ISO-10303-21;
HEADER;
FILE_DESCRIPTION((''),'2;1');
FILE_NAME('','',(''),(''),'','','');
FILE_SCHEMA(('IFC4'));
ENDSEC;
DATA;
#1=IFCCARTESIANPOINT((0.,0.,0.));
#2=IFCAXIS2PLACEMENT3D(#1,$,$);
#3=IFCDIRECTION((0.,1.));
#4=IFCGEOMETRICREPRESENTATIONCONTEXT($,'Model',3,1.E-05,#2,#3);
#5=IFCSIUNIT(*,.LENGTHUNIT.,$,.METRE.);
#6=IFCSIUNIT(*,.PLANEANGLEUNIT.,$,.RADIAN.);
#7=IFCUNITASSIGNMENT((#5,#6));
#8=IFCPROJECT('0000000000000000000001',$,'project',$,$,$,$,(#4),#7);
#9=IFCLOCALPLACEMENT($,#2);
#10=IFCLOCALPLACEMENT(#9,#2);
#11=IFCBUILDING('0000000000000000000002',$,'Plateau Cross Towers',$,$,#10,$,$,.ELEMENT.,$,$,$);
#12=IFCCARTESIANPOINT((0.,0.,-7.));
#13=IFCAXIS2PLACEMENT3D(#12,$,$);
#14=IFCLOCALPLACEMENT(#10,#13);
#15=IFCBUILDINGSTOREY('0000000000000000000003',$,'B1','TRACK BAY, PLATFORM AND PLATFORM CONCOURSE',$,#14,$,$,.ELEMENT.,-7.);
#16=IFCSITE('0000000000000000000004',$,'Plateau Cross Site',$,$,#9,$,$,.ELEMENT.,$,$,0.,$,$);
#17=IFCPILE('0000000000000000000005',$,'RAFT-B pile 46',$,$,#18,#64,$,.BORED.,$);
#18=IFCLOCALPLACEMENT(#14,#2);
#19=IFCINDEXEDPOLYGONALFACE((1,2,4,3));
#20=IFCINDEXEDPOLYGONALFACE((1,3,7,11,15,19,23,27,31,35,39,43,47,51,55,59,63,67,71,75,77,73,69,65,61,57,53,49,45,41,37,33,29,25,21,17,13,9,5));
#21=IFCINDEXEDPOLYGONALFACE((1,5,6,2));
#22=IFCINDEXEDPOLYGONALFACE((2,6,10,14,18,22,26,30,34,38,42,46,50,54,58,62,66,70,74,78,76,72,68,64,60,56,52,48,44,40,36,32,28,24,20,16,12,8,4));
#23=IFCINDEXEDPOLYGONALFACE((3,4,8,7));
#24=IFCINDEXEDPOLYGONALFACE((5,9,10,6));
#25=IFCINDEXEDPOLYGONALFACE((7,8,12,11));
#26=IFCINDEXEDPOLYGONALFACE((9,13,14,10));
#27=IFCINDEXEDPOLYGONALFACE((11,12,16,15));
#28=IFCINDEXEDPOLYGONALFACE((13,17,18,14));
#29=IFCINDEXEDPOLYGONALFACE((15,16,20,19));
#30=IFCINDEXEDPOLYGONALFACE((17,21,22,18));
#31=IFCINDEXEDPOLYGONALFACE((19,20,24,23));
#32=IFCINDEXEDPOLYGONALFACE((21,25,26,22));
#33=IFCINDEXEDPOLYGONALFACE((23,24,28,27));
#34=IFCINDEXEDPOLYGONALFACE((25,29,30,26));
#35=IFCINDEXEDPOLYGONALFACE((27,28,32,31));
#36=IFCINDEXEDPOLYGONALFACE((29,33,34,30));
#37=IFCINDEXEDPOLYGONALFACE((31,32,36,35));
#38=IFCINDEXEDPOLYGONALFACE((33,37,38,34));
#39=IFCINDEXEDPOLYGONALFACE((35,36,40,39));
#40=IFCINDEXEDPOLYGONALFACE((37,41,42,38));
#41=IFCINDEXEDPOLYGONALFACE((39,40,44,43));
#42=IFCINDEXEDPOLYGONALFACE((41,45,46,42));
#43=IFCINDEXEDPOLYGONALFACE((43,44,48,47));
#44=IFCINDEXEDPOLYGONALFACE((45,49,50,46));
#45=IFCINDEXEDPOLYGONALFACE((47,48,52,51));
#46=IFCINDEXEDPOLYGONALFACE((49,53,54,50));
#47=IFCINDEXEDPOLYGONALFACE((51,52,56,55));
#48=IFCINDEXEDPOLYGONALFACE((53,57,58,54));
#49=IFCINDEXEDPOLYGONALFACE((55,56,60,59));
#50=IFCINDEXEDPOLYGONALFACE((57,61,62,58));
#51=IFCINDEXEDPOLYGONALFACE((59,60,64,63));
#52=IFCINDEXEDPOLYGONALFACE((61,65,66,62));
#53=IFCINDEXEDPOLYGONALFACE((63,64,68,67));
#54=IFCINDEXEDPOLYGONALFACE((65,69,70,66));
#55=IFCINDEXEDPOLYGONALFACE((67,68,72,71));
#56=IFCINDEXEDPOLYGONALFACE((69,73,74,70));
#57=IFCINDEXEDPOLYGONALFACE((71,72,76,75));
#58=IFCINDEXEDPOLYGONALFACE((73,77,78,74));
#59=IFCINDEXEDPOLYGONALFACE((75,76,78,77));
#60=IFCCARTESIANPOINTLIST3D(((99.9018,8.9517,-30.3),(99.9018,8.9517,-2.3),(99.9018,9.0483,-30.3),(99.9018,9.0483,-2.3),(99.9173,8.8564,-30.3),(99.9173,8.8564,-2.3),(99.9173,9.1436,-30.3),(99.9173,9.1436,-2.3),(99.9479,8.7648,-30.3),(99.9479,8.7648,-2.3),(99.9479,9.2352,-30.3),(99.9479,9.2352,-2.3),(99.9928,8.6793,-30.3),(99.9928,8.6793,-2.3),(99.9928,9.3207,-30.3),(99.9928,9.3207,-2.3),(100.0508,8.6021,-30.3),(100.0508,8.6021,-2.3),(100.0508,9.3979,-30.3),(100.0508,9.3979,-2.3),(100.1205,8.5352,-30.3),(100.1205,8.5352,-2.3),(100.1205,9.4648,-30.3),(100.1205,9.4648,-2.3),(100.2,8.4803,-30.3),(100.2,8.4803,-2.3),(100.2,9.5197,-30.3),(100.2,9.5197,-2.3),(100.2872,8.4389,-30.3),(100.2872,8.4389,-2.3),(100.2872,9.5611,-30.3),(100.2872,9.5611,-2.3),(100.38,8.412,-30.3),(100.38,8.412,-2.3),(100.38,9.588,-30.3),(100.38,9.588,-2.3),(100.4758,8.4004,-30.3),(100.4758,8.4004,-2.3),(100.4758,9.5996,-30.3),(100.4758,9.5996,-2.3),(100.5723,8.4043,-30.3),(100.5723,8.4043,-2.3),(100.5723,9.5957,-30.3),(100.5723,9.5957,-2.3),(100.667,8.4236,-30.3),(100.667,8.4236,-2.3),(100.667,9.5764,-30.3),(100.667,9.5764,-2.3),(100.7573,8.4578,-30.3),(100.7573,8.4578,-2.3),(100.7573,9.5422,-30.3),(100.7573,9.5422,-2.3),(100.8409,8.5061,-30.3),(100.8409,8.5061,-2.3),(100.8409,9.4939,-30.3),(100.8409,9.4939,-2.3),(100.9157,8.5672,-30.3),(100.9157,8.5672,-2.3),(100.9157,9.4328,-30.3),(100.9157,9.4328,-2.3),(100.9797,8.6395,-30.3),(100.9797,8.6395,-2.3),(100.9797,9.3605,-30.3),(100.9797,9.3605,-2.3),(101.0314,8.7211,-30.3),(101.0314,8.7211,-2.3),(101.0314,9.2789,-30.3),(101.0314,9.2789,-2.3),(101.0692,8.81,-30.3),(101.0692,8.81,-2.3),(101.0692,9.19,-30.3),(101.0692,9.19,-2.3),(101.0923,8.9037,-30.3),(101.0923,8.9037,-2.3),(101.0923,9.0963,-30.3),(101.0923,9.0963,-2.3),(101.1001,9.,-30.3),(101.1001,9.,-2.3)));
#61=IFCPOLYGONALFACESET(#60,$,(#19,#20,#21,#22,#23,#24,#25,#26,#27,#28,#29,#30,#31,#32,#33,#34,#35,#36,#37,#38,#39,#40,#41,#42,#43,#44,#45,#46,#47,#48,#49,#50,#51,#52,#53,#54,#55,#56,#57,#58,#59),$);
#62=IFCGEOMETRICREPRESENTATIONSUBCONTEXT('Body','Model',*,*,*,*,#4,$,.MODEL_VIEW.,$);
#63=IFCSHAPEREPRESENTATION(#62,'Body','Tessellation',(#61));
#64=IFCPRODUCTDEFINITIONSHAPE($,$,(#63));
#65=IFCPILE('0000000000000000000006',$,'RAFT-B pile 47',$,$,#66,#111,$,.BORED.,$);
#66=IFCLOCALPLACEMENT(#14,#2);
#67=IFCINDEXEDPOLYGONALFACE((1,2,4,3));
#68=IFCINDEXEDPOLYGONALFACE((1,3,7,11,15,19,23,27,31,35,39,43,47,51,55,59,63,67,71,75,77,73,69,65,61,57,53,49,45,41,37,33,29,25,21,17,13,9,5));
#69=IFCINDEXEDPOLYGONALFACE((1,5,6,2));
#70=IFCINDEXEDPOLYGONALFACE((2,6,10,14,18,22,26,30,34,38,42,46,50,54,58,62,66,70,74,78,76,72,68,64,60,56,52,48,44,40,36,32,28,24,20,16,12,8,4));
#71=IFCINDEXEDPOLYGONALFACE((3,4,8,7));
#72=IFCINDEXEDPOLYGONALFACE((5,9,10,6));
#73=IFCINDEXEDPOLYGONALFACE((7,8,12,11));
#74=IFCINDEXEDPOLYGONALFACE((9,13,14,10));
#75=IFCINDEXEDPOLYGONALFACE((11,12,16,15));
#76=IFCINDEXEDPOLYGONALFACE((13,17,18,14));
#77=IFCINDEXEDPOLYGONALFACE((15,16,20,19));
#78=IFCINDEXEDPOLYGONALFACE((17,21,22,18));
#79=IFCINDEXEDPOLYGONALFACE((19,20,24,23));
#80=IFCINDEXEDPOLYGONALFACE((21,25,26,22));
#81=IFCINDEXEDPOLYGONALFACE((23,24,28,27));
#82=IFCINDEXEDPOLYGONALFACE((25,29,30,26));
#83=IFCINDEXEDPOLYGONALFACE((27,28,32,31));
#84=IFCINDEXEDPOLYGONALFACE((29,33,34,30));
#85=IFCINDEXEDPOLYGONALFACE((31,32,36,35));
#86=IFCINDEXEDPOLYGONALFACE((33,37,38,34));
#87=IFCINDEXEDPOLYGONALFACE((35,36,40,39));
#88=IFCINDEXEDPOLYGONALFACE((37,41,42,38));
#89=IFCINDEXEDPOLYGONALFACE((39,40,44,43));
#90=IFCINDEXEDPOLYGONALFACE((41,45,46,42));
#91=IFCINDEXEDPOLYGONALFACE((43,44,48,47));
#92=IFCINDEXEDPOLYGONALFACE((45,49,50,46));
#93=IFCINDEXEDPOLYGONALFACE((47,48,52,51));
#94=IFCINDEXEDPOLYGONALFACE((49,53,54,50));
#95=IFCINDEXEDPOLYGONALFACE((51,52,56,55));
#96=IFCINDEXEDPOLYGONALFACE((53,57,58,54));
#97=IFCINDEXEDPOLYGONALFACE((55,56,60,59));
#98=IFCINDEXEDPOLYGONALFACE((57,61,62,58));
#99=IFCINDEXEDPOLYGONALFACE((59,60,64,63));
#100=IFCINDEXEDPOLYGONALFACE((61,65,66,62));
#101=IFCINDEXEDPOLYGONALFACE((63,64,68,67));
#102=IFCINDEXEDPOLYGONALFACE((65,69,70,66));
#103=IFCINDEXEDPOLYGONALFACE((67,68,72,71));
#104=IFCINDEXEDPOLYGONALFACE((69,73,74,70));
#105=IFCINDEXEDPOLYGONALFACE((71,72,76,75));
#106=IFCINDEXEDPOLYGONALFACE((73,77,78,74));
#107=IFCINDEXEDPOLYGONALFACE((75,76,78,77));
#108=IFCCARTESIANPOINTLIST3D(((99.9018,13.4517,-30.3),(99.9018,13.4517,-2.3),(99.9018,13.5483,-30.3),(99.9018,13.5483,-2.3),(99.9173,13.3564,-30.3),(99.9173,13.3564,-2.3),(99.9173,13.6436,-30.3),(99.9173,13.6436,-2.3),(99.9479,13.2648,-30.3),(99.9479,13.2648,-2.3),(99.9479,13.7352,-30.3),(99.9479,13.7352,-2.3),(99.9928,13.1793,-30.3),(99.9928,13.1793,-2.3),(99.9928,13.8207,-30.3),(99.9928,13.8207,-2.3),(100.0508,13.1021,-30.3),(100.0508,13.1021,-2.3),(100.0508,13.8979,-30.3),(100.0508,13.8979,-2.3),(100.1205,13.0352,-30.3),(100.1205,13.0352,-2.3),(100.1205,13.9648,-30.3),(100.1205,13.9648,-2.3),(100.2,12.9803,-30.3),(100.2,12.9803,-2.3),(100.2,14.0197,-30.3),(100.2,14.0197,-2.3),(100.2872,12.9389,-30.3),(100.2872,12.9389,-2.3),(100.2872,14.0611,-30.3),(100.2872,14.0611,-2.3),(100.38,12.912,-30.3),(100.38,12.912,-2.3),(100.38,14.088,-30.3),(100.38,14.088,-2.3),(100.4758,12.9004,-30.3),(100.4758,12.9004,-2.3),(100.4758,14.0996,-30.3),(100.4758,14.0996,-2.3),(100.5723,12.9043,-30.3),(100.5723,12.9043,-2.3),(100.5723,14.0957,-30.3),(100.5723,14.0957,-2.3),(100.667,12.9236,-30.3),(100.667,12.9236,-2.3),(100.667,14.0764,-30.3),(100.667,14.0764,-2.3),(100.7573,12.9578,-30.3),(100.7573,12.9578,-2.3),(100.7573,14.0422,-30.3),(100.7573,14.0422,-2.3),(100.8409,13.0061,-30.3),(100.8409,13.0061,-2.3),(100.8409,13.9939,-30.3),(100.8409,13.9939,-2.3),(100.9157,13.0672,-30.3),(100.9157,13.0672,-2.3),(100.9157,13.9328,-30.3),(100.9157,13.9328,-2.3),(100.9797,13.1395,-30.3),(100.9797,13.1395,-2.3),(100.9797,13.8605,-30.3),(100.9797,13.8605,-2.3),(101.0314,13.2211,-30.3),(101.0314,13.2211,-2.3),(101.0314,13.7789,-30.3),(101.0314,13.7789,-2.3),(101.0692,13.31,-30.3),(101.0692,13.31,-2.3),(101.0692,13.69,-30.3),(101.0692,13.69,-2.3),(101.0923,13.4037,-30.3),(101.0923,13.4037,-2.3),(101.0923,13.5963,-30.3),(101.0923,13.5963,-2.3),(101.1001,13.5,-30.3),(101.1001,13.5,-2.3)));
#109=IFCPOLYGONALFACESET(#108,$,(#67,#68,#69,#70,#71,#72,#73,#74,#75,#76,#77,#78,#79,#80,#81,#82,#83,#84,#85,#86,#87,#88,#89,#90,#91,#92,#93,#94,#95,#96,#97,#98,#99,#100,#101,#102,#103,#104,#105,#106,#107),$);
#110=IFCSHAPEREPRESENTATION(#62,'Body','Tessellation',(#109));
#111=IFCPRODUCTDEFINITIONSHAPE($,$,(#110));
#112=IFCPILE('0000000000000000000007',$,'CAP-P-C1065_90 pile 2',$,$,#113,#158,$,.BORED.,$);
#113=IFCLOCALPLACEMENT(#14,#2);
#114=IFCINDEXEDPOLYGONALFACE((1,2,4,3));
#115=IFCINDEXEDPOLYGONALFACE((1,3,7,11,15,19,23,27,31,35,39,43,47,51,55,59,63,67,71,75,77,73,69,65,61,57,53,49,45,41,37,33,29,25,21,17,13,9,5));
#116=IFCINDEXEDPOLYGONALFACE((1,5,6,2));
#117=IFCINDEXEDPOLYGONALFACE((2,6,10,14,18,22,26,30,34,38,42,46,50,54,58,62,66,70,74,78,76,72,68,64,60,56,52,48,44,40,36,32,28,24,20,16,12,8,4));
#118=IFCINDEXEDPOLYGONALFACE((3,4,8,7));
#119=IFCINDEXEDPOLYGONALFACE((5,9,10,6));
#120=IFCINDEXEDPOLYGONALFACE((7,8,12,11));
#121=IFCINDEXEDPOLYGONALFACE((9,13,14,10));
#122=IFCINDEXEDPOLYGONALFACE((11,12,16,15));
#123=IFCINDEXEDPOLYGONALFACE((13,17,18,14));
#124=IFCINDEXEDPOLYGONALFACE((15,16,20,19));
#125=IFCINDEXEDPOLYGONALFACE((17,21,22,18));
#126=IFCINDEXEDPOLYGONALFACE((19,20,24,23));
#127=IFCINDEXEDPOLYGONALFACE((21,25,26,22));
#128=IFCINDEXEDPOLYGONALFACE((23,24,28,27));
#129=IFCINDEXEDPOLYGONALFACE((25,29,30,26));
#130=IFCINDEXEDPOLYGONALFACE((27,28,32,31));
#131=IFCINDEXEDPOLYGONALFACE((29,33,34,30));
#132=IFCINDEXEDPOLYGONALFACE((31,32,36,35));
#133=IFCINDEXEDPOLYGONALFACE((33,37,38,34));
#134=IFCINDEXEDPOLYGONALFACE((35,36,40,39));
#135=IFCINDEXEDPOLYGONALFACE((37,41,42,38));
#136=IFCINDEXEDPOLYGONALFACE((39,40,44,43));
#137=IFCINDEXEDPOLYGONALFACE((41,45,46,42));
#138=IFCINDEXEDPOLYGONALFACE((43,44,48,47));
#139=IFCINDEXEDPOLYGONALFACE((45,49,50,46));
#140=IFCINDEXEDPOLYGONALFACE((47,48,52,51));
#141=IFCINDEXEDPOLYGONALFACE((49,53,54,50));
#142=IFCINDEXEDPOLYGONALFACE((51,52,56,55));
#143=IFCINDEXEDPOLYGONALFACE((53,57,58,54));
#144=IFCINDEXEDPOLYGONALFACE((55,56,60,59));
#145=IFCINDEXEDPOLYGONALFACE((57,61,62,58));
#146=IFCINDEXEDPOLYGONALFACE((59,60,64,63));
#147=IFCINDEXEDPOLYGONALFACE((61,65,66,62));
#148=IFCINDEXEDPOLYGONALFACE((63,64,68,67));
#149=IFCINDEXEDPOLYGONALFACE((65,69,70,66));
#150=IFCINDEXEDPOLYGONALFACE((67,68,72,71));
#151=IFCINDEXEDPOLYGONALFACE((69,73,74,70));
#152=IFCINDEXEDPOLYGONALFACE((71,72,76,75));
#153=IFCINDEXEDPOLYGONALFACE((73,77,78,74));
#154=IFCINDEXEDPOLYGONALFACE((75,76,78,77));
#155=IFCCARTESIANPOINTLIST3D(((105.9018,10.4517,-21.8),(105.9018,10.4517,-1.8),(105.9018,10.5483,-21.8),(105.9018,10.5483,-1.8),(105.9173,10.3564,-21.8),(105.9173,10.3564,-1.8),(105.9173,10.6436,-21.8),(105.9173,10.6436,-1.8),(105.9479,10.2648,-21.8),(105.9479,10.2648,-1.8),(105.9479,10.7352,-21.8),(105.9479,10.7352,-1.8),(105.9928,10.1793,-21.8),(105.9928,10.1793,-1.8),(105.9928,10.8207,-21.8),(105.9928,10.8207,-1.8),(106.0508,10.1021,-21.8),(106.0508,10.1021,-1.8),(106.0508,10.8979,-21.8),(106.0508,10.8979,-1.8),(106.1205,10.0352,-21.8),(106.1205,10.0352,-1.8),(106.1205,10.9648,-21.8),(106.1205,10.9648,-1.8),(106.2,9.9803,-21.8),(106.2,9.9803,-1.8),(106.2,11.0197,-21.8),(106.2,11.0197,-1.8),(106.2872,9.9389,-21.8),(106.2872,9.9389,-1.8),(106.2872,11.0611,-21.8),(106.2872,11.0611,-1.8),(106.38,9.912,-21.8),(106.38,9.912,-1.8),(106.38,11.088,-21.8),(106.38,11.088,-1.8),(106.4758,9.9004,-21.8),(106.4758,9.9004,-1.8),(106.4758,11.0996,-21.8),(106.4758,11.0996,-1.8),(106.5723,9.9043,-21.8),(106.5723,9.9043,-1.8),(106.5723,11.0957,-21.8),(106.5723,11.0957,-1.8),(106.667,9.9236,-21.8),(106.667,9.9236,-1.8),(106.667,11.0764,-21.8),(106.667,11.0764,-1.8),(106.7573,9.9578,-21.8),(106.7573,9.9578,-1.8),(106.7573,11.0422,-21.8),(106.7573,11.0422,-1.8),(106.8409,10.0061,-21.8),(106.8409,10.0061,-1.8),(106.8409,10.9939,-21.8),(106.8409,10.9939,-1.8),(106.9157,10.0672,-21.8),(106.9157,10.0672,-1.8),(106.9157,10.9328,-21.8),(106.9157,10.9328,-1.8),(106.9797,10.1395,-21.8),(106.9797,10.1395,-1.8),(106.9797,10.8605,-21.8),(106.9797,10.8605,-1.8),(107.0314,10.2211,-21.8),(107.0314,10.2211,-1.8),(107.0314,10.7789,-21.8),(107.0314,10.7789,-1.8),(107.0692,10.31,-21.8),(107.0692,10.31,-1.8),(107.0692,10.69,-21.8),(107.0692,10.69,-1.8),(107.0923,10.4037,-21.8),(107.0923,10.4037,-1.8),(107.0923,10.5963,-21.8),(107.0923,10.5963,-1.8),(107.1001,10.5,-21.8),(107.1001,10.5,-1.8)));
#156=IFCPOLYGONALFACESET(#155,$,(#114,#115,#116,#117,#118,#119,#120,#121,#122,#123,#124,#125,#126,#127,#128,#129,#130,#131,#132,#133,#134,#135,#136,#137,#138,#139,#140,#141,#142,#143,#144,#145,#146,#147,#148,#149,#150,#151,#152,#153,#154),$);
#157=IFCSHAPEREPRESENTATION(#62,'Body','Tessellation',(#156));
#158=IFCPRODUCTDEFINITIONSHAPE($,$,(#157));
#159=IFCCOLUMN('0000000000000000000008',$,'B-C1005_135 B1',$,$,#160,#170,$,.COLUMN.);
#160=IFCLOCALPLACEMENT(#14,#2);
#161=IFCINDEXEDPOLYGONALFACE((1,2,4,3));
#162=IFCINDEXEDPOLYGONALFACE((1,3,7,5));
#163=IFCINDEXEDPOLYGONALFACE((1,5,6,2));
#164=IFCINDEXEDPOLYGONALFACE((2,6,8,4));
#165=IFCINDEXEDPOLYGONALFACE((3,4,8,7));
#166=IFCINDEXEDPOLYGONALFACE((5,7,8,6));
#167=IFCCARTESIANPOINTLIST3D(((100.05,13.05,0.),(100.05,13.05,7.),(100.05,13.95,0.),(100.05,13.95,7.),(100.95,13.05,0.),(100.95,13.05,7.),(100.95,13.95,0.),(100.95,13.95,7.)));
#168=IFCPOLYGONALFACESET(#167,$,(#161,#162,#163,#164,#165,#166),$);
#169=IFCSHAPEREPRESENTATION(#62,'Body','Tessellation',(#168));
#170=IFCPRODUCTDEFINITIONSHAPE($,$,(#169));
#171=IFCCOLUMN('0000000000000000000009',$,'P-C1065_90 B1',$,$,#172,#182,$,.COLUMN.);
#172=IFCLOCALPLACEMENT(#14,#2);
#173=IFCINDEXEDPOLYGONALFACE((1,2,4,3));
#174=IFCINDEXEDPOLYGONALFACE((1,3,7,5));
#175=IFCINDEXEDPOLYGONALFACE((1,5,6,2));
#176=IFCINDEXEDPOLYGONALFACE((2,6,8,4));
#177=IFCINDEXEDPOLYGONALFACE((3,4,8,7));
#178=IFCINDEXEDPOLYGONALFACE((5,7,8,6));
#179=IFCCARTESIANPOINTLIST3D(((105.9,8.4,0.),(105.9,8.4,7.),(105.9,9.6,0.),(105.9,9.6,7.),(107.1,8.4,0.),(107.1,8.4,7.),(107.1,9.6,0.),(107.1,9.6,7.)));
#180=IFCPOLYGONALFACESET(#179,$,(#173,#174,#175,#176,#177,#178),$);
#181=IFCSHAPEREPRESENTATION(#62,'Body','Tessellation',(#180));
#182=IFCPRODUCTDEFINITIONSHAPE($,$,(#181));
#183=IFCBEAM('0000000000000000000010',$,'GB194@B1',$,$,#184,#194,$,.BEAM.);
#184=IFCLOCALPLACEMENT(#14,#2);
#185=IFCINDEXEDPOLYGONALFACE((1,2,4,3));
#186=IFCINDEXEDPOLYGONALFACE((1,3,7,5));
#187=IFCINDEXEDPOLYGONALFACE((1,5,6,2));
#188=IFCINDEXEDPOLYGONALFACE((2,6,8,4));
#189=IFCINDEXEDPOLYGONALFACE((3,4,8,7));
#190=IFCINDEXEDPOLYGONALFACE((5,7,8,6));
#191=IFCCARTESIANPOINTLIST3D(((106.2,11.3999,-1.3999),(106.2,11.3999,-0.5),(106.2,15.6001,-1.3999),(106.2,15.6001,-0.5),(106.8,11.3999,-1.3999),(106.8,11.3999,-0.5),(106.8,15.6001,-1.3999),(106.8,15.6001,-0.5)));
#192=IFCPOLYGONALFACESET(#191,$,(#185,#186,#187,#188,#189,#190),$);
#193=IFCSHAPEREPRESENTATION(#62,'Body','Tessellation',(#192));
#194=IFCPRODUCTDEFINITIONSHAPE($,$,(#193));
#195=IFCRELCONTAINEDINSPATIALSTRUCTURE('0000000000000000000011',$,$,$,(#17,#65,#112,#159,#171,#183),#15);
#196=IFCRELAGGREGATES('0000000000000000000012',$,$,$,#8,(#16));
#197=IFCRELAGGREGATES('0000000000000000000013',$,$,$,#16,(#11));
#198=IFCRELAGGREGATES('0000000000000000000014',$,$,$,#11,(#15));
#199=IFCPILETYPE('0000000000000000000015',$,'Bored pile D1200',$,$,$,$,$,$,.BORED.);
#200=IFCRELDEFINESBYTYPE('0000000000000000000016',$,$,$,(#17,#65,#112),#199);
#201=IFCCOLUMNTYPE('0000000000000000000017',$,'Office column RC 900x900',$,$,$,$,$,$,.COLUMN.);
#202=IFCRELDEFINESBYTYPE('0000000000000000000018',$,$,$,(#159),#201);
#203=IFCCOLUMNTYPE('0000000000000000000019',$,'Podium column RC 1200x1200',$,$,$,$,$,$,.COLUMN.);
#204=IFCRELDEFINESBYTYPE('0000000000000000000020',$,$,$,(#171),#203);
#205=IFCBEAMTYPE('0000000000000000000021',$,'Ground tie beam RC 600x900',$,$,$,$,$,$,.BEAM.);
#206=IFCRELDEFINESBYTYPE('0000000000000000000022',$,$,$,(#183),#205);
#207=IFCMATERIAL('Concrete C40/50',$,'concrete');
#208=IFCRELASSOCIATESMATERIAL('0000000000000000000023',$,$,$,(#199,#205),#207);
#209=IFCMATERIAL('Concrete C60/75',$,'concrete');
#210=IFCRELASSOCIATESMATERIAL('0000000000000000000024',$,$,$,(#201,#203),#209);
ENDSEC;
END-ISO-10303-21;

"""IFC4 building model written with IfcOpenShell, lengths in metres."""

from ifc_helpers import new_model, si_unit, direction, frame, origin, origin_2d, place, context, subcontext, project, spatial, rectangle, circle, extrude, material, material_profile, profile_set, type_object, element, save


model = new_model("IFC4")

# Units and contexts
model_context = context("Model", 3, precision=1e-05, world=origin(), true_north=direction((0.0, 1.0)))
body_context = subcontext(model_context, "Body", "Model", "MODEL_VIEW")
ifc_project = project(units=[si_unit("LENGTHUNIT", "METRE"), si_unit("PLANEANGLEUNIT", "RADIAN")], contexts=[model_context])

# Site, building, storey
site_placement = place(None, origin())
site = spatial("IfcSite", under=ifc_project, at=site_placement, Name="Plateau Cross Site", CompositionType="ELEMENT", RefElevation=0.0)
building_placement = place(site_placement, origin())
building = spatial("IfcBuilding", under=site, at=building_placement, Name="Plateau Cross Towers", CompositionType="ELEMENT")
storey_placement = place(building_placement, frame((0.0, 0.0, -7.0)))
storey = spatial("IfcBuildingStorey", under=building, at=storey_placement, Name="B1", Description="TRACK BAY, PLATFORM AND PLATFORM CONCOURSE", CompositionType="ELEMENT", Elevation=-7.0)

# Piles
ifc_material_1 = material(Name="Concrete C40/50", Category="concrete")
ifc_material_profile_1 = material_profile(ifc_material_1, circle(Radius=0.6001, at=origin_2d()), Name="Bored pile D1200")
ifc_profile_set_1 = profile_set([ifc_material_profile_1], Name="Concrete C40/50")
pile_type = type_object("IfcPileType", Name="Bored pile D1200", PredefinedType="BORED", material=ifc_profile_set_1)
for number, where, z_axis, x_axis, name in (
    (1, (100.5, 9.0, -2.3), (0.0, 0.0, -1.0), (1.0, 0.0, 0.0), "RAFT-B pile 46"),
    (2, (100.5, 13.5, -2.3), (0.0, 0.0, -1.0), (1.0, 0.0, 0.0), "RAFT-B pile 47"),
):
    element("IfcPile", number, at=place(storey_placement, frame(where, z_axis=z_axis, x_axis=x_axis)), inside=storey, type_object=pile_type, Name=name, PredefinedType="BORED", context=body_context, shape_type="SweptSolid", body=[
        extrude(circle(Radius=0.6001, at=origin_2d()), origin(), (0.0, 0.0, 1.0), 28.0),
    ])
pile_placement = place(storey_placement, frame((106.5, 10.5, -1.8), z_axis=(0.0, 0.0, -1.0), x_axis=(1.0, 0.0, 0.0)))
element("IfcPile", 3, at=pile_placement, inside=storey, type_object=pile_type, Name="CAP-P-C1065_90 pile 2", PredefinedType="BORED", context=body_context, shape_type="SweptSolid", body=[
    extrude(circle(Radius=0.6001, at=origin_2d()), origin(), (0.0, 0.0, 1.0), 20.0),
])

# Columns
ifc_material_2 = material(Name="Concrete C60/75", Category="concrete")
ifc_material_profile_2 = material_profile(ifc_material_2, rectangle(XDim=0.8999, YDim=0.8999, at=origin_2d()), Name="RC 900x900")
ifc_profile_set_2 = profile_set([ifc_material_profile_2], Name="Concrete C60/75")
column_type_1 = type_object("IfcColumnType", Name="Office column RC 900x900", PredefinedType="COLUMN", material=ifc_profile_set_2)
column_1_placement = place(storey_placement, frame((100.5, 13.5, 0.0), z_axis=(0.0, 0.0, 1.0), x_axis=(1.0, 0.0, 0.0)))
element("IfcColumn", 4, at=column_1_placement, inside=storey, type_object=column_type_1, Name="B-C1005_135 B1", PredefinedType="COLUMN", context=body_context, shape_type="SweptSolid", body=[
    extrude(rectangle(XDim=0.8999, YDim=0.8999, at=origin_2d()), origin(), (0.0, 0.0, 1.0), 7.0),
])
ifc_material_profile_3 = material_profile(ifc_material_2, rectangle(XDim=1.2, YDim=1.2, at=origin_2d()), Name="RC 1200x1200")
ifc_profile_set_3 = profile_set([ifc_material_profile_3], Name="Concrete C60/75")
column_type_2 = type_object("IfcColumnType", Name="Podium column RC 1200x1200", PredefinedType="COLUMN", material=ifc_profile_set_3)
column_2_placement = place(storey_placement, frame((106.5, 9.0, 0.0), z_axis=(0.0, 0.0, 1.0), x_axis=(1.0, 0.0, 0.0)))
element("IfcColumn", 5, at=column_2_placement, inside=storey, type_object=column_type_2, Name="P-C1065_90 B1", PredefinedType="COLUMN", context=body_context, shape_type="SweptSolid", body=[
    extrude(rectangle(XDim=1.2, YDim=1.2, at=origin_2d()), origin(), (0.0, 0.0, 1.0), 7.0),
])

# Beam
ifc_material_profile_4 = material_profile(ifc_material_1, rectangle(XDim=0.6001, YDim=0.8999, at=origin_2d()), Name="RC 600x900")
ifc_profile_set_4 = profile_set([ifc_material_profile_4], Name="Concrete C40/50")
beam_type_1 = type_object("IfcBeamType", Name="Ground tie beam RC 600x900", PredefinedType="BEAM", material=ifc_profile_set_4)
beam_1_placement = place(storey_placement, frame((106.5, 11.3999, -0.95), z_axis=(0.0, 1.0, 0.0), x_axis=(-1.0, 0.0, 0.0)))
element("IfcBeam", 6, at=beam_1_placement, inside=storey, type_object=beam_type_1, Name="GB194@B1", PredefinedType="BEAM", context=body_context, shape_type="SweptSolid", body=[
    extrude(rectangle(XDim=0.6001, YDim=0.8999, at=origin_2d()), origin(), (0.0, 0.0, 1.0), 4.2002),
])

save(model, "model.ifc")
